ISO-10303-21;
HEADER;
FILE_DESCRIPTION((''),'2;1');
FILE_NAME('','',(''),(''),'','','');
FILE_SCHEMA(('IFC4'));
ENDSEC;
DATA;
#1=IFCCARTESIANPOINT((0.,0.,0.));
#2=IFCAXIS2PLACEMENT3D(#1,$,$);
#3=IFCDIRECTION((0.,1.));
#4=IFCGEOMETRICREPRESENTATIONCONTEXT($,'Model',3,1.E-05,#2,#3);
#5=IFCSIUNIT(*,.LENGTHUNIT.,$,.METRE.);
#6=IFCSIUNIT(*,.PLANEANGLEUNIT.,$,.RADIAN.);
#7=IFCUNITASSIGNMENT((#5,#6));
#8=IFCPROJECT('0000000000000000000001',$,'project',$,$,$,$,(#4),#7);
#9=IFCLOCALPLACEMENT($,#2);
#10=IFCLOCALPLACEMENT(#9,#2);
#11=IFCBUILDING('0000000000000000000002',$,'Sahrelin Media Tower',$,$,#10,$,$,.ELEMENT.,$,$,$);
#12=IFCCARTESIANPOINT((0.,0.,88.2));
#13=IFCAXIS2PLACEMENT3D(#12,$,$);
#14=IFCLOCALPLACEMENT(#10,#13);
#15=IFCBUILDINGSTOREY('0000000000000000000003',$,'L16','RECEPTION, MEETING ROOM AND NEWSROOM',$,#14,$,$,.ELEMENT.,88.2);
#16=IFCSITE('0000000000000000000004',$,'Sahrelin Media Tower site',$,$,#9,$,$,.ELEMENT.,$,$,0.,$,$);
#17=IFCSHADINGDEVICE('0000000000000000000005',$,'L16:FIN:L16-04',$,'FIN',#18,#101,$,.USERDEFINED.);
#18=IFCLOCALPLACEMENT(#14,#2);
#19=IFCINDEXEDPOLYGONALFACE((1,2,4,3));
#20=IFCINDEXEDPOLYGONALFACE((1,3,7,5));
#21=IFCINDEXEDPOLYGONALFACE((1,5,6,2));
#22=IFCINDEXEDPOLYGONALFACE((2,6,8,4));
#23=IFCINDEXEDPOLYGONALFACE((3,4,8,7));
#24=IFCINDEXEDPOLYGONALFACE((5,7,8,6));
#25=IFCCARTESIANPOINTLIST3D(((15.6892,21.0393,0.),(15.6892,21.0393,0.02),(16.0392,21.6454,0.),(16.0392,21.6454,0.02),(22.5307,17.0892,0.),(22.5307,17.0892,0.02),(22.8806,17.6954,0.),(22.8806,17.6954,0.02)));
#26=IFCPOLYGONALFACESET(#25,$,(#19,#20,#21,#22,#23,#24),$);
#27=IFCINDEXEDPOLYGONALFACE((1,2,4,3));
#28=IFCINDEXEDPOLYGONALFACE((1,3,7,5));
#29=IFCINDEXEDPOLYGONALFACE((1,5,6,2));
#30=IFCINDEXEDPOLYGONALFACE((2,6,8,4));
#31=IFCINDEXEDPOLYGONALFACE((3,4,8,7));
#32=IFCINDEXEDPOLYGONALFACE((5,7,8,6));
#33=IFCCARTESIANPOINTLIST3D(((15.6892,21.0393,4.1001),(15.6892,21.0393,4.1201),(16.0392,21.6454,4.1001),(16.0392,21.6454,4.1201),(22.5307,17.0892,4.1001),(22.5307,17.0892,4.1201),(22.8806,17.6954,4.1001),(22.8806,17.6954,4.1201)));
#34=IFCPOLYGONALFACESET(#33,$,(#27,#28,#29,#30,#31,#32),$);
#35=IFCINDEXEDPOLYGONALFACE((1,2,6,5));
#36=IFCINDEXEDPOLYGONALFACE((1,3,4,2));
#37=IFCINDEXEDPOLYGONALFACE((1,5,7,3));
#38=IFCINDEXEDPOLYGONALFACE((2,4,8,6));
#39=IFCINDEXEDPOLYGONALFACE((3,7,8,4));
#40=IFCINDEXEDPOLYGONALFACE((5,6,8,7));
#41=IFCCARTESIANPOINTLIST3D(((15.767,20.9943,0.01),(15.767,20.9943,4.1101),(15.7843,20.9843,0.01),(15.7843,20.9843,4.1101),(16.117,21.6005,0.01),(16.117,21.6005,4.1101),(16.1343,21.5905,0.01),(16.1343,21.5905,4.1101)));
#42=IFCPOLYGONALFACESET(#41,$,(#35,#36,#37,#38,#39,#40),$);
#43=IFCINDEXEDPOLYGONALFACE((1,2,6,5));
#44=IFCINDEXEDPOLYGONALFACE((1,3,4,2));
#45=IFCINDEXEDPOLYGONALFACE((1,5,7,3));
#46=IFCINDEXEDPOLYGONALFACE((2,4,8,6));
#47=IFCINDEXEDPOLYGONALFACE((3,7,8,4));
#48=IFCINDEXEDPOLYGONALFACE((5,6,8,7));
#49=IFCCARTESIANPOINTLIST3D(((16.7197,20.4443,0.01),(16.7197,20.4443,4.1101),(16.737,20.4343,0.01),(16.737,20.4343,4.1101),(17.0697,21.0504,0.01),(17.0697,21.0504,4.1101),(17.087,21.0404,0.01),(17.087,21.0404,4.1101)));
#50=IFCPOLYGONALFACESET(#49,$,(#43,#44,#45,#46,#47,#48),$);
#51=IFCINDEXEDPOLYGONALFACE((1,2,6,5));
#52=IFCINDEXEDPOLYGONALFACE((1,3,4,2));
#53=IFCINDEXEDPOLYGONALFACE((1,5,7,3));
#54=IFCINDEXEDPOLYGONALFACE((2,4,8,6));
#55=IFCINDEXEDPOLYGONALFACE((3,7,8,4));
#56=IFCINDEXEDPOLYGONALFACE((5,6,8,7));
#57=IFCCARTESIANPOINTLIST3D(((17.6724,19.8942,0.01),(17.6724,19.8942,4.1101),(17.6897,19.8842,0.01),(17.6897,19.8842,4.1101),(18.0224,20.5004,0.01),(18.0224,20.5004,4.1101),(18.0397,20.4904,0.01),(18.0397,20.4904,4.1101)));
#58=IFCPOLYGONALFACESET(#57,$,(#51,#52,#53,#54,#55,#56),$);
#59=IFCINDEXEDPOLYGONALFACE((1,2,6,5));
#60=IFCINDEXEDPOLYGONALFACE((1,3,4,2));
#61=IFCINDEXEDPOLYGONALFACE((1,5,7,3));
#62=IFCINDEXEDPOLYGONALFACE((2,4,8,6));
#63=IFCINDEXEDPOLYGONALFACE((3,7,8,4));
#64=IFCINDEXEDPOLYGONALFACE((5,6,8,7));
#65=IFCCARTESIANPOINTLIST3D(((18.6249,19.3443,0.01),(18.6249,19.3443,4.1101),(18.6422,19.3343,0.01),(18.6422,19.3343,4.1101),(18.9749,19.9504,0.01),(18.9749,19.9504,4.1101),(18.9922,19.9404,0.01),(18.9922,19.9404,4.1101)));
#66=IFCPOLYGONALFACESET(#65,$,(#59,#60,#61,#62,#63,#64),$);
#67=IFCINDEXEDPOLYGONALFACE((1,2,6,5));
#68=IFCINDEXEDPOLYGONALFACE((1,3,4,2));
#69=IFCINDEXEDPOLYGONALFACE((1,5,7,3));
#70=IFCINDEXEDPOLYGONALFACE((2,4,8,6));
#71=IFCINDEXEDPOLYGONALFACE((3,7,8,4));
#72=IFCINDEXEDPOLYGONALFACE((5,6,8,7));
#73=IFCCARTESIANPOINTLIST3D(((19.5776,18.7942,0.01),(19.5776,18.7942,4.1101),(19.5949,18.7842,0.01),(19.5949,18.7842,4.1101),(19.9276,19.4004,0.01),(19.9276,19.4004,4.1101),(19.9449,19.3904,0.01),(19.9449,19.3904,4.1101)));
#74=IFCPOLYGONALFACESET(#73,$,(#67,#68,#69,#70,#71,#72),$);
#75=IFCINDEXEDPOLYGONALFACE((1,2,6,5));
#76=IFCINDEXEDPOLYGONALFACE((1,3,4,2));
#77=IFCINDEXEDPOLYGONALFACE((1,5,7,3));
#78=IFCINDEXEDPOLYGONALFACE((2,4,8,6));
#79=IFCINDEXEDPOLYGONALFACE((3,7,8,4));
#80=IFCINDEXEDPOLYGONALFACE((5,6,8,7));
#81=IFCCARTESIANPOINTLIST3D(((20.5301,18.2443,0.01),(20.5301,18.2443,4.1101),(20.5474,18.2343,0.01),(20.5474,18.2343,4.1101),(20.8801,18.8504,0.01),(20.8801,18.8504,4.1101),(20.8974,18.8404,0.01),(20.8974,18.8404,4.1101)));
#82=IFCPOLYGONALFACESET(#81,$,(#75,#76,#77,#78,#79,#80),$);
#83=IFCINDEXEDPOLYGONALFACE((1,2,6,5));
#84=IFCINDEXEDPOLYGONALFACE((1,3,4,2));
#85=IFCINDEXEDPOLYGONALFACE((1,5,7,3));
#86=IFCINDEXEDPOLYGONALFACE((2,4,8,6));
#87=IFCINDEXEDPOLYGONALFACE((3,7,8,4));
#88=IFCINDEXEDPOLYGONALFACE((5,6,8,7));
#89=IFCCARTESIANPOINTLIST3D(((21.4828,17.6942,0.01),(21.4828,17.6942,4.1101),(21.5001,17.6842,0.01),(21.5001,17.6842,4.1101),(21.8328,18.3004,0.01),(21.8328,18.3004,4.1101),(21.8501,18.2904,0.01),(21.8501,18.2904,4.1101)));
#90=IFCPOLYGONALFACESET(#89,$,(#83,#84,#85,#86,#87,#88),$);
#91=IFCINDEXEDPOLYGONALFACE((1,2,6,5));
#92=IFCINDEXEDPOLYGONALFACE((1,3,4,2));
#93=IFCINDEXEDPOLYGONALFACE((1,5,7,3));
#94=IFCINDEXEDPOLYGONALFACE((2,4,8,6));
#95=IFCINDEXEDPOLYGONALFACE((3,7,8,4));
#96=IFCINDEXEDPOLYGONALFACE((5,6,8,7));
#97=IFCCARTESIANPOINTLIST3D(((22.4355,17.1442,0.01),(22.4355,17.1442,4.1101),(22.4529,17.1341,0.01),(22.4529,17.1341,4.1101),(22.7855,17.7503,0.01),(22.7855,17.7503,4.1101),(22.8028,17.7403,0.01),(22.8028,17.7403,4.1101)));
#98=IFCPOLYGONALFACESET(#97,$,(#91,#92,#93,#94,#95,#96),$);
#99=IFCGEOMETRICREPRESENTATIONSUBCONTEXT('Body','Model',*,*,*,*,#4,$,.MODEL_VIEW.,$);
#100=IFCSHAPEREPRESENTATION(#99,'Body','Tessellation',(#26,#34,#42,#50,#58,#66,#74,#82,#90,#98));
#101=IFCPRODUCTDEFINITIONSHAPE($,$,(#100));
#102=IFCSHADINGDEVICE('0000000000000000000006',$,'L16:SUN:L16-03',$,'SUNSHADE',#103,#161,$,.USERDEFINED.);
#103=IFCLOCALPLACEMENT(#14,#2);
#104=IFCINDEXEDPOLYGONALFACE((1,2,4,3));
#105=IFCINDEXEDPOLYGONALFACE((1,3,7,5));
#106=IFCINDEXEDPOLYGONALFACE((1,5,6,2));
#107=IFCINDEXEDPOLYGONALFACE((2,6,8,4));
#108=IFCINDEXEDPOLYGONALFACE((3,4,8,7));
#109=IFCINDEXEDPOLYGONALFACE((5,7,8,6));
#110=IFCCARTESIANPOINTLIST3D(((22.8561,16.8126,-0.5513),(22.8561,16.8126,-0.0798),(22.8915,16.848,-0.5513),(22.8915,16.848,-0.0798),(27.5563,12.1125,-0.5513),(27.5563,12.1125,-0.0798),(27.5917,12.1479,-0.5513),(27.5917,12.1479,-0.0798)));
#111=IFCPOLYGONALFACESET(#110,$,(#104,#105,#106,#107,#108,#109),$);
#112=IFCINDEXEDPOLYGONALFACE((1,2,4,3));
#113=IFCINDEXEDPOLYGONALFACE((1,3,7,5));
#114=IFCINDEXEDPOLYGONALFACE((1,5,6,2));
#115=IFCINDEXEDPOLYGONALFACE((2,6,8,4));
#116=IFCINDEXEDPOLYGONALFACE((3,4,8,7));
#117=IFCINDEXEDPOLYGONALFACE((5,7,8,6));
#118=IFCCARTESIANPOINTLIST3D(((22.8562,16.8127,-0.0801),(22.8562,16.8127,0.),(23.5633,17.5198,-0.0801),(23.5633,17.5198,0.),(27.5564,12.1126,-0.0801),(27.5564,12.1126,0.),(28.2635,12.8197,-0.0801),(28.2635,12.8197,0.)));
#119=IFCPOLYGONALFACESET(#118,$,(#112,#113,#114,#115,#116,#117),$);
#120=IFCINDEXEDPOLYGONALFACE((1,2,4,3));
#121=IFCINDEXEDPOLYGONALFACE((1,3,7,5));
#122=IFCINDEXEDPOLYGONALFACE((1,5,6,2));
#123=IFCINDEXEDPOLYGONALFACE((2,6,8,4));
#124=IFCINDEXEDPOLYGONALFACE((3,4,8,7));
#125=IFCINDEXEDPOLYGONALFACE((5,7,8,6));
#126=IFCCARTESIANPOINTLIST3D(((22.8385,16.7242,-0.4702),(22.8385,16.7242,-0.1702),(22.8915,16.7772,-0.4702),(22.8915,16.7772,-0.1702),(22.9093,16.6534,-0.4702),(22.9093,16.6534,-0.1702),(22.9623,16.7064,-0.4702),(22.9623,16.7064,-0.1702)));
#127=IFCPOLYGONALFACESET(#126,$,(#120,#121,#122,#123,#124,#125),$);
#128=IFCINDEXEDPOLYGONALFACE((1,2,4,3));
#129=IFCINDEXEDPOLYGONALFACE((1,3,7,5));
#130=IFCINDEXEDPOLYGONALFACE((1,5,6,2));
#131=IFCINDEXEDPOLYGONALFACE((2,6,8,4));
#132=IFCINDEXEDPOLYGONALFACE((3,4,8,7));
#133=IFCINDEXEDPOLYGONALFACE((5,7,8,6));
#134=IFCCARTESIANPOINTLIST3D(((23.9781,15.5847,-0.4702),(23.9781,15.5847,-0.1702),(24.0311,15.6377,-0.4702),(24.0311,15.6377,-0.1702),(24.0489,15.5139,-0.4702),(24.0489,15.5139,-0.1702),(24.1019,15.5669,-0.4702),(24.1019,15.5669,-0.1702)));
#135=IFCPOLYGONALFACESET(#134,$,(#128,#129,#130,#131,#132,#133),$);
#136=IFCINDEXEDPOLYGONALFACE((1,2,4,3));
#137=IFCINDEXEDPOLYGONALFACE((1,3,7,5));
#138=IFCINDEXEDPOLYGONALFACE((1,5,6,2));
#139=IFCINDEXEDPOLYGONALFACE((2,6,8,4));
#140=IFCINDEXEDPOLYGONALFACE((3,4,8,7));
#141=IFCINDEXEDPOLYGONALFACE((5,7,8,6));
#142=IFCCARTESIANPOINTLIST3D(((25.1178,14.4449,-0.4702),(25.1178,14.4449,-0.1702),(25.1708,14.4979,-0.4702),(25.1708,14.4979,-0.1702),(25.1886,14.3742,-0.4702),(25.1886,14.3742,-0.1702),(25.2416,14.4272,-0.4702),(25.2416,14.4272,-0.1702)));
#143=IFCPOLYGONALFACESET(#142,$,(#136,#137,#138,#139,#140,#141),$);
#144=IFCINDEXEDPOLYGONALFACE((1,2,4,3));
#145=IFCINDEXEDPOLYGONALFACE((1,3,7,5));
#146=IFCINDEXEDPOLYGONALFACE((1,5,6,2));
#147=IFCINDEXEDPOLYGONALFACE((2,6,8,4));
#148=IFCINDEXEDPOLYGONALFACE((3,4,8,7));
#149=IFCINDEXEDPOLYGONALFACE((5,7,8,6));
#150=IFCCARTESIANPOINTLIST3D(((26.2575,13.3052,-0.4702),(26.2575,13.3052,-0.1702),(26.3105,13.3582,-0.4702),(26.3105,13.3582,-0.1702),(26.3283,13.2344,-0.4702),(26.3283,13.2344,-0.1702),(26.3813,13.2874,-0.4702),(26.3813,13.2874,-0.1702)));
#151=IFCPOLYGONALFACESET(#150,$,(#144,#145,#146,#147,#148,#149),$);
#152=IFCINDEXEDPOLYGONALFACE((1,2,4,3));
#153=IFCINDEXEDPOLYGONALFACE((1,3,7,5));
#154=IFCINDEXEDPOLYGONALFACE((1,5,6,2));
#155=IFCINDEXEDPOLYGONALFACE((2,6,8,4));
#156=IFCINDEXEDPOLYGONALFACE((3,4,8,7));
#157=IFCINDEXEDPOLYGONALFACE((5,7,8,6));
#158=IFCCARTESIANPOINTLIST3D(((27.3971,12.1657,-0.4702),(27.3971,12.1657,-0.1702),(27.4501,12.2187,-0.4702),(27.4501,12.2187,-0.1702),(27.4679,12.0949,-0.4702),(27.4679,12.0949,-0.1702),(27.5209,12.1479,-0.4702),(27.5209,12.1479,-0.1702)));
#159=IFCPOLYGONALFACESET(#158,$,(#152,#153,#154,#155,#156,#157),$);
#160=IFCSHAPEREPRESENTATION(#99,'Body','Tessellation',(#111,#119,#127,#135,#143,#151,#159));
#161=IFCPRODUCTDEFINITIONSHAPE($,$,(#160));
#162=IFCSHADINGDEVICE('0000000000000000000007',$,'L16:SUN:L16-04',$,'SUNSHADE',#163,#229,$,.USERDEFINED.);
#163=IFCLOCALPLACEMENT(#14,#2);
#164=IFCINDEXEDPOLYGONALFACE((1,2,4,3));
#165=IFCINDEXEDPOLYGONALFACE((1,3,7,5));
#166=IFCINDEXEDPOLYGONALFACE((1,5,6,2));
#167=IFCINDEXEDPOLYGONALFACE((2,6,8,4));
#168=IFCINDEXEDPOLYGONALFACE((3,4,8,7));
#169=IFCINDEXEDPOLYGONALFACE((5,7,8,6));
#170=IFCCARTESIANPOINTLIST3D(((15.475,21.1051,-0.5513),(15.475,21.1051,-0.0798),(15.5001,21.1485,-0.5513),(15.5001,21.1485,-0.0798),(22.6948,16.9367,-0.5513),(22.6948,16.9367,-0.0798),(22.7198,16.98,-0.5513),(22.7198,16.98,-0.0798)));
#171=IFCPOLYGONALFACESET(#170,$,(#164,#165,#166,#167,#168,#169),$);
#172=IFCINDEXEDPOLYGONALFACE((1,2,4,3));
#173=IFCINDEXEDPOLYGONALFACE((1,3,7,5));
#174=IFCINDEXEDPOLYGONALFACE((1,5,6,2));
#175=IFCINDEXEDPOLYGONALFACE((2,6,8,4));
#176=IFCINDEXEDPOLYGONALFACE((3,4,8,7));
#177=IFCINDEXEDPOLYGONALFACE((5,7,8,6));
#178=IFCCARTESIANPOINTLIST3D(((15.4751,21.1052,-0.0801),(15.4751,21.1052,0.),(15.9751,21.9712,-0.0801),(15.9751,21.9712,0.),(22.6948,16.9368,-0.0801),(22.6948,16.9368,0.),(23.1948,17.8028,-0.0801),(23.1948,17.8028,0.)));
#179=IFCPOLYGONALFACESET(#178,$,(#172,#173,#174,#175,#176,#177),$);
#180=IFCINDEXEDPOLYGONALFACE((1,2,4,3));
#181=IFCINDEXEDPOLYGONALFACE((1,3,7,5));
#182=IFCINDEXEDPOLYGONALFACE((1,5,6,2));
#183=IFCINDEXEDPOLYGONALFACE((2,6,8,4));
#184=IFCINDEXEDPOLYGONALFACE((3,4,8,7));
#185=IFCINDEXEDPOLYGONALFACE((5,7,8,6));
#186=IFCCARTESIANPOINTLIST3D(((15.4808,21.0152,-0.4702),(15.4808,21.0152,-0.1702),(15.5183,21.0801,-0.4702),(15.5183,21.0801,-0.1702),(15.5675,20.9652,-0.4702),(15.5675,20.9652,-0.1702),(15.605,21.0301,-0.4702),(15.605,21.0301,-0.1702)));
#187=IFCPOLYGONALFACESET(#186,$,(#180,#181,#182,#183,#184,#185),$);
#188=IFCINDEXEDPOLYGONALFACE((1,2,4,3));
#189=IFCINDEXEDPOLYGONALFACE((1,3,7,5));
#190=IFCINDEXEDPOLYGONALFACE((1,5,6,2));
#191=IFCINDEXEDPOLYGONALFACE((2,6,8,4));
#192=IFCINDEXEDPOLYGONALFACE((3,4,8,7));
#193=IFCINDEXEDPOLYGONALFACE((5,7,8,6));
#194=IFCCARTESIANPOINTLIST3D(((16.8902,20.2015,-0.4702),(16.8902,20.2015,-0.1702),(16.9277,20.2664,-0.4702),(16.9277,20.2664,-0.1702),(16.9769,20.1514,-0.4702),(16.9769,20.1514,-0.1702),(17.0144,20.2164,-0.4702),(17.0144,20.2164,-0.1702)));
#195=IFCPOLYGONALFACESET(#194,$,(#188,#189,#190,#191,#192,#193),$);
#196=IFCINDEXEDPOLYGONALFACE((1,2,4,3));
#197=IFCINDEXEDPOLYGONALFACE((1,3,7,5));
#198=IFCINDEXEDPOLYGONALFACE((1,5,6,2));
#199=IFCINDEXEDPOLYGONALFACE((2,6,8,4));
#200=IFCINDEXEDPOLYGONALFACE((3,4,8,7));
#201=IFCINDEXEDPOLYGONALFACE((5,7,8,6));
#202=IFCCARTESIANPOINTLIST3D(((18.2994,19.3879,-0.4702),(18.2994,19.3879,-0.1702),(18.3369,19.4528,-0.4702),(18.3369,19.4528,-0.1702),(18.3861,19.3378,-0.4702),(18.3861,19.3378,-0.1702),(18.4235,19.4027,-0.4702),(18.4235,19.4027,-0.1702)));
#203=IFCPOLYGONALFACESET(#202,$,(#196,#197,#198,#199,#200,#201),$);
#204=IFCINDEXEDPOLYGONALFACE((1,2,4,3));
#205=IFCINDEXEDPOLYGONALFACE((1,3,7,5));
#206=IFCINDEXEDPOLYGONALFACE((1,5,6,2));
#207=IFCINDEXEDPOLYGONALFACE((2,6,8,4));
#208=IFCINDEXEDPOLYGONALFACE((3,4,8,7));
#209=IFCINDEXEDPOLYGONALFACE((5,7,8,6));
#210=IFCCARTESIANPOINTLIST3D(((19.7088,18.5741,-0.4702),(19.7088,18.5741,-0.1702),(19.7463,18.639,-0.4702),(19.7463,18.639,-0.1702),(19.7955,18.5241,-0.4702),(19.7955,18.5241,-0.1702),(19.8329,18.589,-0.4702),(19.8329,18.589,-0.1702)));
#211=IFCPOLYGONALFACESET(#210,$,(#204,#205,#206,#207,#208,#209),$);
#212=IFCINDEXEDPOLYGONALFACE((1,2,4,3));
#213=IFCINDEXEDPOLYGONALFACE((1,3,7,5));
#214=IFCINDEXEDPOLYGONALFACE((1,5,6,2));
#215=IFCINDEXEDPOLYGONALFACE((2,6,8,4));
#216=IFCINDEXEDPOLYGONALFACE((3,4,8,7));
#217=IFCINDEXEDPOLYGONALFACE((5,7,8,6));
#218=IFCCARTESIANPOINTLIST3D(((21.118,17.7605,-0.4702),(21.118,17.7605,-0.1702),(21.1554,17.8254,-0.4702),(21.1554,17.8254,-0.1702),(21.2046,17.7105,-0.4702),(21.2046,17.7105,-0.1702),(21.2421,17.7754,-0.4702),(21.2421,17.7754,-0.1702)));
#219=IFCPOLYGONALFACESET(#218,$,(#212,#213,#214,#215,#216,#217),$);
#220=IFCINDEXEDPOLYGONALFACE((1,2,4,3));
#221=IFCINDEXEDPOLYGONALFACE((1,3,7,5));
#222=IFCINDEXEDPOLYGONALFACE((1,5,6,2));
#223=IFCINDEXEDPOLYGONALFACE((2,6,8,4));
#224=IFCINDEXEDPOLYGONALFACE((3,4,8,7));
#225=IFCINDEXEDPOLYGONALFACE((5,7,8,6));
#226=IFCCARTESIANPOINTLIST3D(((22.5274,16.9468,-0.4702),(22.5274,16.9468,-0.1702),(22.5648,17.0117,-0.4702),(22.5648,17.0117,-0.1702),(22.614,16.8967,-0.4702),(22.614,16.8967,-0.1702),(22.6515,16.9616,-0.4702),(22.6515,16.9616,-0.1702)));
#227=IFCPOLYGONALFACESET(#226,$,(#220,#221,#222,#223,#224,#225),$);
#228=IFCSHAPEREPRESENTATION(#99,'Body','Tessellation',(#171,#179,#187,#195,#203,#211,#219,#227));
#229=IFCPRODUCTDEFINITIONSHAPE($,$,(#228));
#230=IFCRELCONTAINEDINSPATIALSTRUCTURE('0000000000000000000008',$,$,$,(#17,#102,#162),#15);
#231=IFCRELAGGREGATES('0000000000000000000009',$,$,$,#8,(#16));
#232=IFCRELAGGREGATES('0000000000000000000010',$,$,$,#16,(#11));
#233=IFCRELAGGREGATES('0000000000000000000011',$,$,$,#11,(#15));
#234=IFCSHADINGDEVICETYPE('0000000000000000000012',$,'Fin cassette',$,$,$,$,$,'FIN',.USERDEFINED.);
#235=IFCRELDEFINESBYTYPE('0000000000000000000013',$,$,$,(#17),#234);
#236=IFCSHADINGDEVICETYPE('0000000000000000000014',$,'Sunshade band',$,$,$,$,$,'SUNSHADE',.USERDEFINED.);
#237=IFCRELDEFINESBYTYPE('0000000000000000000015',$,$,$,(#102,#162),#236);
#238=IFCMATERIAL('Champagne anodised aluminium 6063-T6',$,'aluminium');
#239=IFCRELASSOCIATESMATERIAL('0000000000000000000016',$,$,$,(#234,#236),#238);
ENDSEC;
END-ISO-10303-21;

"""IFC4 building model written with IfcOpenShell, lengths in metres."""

from ifc_helpers import new_model, si_unit, direction, frame, origin, origin_2d, place, context, subcontext, project, spatial, rectangle, extrude, material, type_object, element, save


model = new_model("IFC4")

# Units and contexts
model_context = context("Model", 3, precision=1e-05, world=origin(), true_north=direction((0.0, 1.0)))
body_context = subcontext(model_context, "Body", "Model", "MODEL_VIEW")
ifc_project = project(units=[si_unit("LENGTHUNIT", "METRE"), si_unit("PLANEANGLEUNIT", "RADIAN")], contexts=[model_context])

# Site, building, storey
site_placement = place(None, origin())
site = spatial("IfcSite", under=ifc_project, at=site_placement, Name="Sahrelin Media Tower site", CompositionType="ELEMENT", RefElevation=0.0)
building_placement = place(site_placement, origin())
building = spatial("IfcBuilding", under=site, at=building_placement, Name="Sahrelin Media Tower", CompositionType="ELEMENT")
storey_placement = place(building_placement, frame((0.0, 0.0, 88.2)))
storey = spatial("IfcBuildingStorey", under=building, at=storey_placement, Name="L16", Description="RECEPTION, MEETING ROOM AND NEWSROOM", CompositionType="ELEMENT", Elevation=88.2)

# Shared definitions
ifc_material_1 = material(Name="Champagne anodised aluminium 6063-T6", Category="aluminium")

# Shading devices
shading_device_type_1 = type_object("IfcShadingDeviceType", Name="Fin cassette", ElementType="FIN", PredefinedType="USERDEFINED", material=ifc_material_1)
placement_1 = place(storey_placement, frame((25.1921, 14.4485, 0.0), z_axis=(0.0, 0.0, 1.0), x_axis=(0.707107, -0.707107, 0.0)))
placement_2 = place(storey_placement, frame((19.075, 19.0037, 0.0), z_axis=(0.0, 0.0, 1.0), x_axis=(0.866019, -0.500011, 0.0)))
element("IfcShadingDevice", 1, at=placement_2, inside=storey, type_object=shading_device_type_1, Name="L16:FIN:L16-04", ObjectType="FIN", PredefinedType="USERDEFINED", context=body_context, shape_type="SweptSolid", body=[
    extrude(rectangle(XDim=7.8999, YDim=0.7, at=origin_2d()), frame((0.0, 0.4199, 0.0)), (0.0, 0.0, 1.0), 0.02),
    extrude(rectangle(XDim=7.8999, YDim=0.7, at=origin_2d()), frame((0.0, 0.4199, 4.1001)), (0.0, 0.0, 1.0), 0.02),
    extrude(rectangle(XDim=0.02, YDim=0.7, at=origin_2d()), frame((-3.8501, 0.4199, 0.01), z_axis=(0.0, 0.0, 1.0), x_axis=(1.0, 0.0, 0.0)), (0.0, 0.0, 1.0), 4.1001),
    extrude(rectangle(XDim=0.02, YDim=0.7, at=origin_2d()), frame((-2.75, 0.4199, 0.01), z_axis=(0.0, 0.0, 1.0), x_axis=(1.0, 0.0, 0.0)), (0.0, 0.0, 1.0), 4.1001),
    extrude(rectangle(XDim=0.02, YDim=0.7, at=origin_2d()), frame((-1.6499, 0.4199, 0.01), z_axis=(0.0, 0.0, 1.0), x_axis=(1.0, 0.0, 0.0)), (0.0, 0.0, 1.0), 4.1001),
    extrude(rectangle(XDim=0.02, YDim=0.7, at=origin_2d()), frame((-0.55, 0.4199, 0.01), z_axis=(0.0, 0.0, 1.0), x_axis=(1.0, 0.0, 0.0)), (0.0, 0.0, 1.0), 4.1001),
    extrude(rectangle(XDim=0.02, YDim=0.7, at=origin_2d()), frame((0.55, 0.4199, 0.01), z_axis=(0.0, 0.0, 1.0), x_axis=(1.0, 0.0, 0.0)), (0.0, 0.0, 1.0), 4.1001),
    extrude(rectangle(XDim=0.02, YDim=0.7, at=origin_2d()), frame((1.6499, 0.4199, 0.01), z_axis=(0.0, 0.0, 1.0), x_axis=(1.0, 0.0, 0.0)), (0.0, 0.0, 1.0), 4.1001),
    extrude(rectangle(XDim=0.02, YDim=0.7, at=origin_2d()), frame((2.75, 0.4199, 0.01), z_axis=(0.0, 0.0, 1.0), x_axis=(1.0, 0.0, 0.0)), (0.0, 0.0, 1.0), 4.1001),
    extrude(rectangle(XDim=0.02, YDim=0.7, at=origin_2d()), frame((3.8501, 0.4199, 0.01), z_axis=(0.0, 0.0, 1.0), x_axis=(1.0, 0.0, 0.0)), (0.0, 0.0, 1.0), 4.1001),
])
shading_device_type_2 = type_object("IfcShadingDeviceType", Name="Sunshade band", ElementType="SUNSHADE", PredefinedType="USERDEFINED", material=ifc_material_1)
element("IfcShadingDevice", 2, at=placement_1, inside=storey, type_object=shading_device_type_2, Name="L16:SUN:L16-03", ObjectType="SUNSHADE", PredefinedType="USERDEFINED", context=body_context, shape_type="SweptSolid", body=[
    extrude(rectangle(XDim=6.647, YDim=0.05, at=origin_2d()), frame((0.0, 0.0449, -0.5513)), (0.0, 0.0, 1.0), 0.4714),
    extrude(rectangle(XDim=6.647, YDim=1.0, at=origin_2d()), frame((0.0, 0.52, -0.0801)), (0.0, 0.0, 1.0), 0.0801),
    extrude(rectangle(XDim=0.1001, YDim=0.075, at=origin_2d()), frame((-3.2234, -0.0176, -0.4702)), (0.0, 0.0, 1.0), 0.3),
    extrude(rectangle(XDim=0.1001, YDim=0.075, at=origin_2d()), frame((-1.6118, -0.0176, -0.4702)), (0.0, 0.0, 1.0), 0.3),
    extrude(rectangle(XDim=0.1001, YDim=0.075, at=origin_2d()), frame((0.0, -0.0176, -0.4702)), (0.0, 0.0, 1.0), 0.3),
    extrude(rectangle(XDim=0.1001, YDim=0.075, at=origin_2d()), frame((1.6118, -0.0176, -0.4702)), (0.0, 0.0, 1.0), 0.3),
    extrude(rectangle(XDim=0.1001, YDim=0.075, at=origin_2d()), frame((3.2234, -0.0176, -0.4702)), (0.0, 0.0, 1.0), 0.3),
])
element("IfcShadingDevice", 3, at=placement_2, inside=storey, type_object=shading_device_type_2, Name="L16:SUN:L16-04", ObjectType="SUNSHADE", PredefinedType="USERDEFINED", context=body_context, shape_type="SweptSolid", body=[
    extrude(rectangle(XDim=8.3367, YDim=0.05, at=origin_2d()), frame((0.0, 0.0449, -0.5513)), (0.0, 0.0, 1.0), 0.4714),
    extrude(rectangle(XDim=8.3367, YDim=1.0, at=origin_2d()), frame((0.0, 0.52, -0.0801)), (0.0, 0.0, 1.0), 0.0801),
    extrude(rectangle(XDim=0.1001, YDim=0.075, at=origin_2d()), frame((-4.0684, -0.0176, -0.4702)), (0.0, 0.0, 1.0), 0.3),
    extrude(rectangle(XDim=0.1001, YDim=0.075, at=origin_2d()), frame((-2.4409, -0.0176, -0.4702)), (0.0, 0.0, 1.0), 0.3),
    extrude(rectangle(XDim=0.1001, YDim=0.075, at=origin_2d()), frame((-0.8137, -0.0176, -0.4702)), (0.0, 0.0, 1.0), 0.3),
    extrude(rectangle(XDim=0.1001, YDim=0.075, at=origin_2d()), frame((0.8137, -0.0176, -0.4702)), (0.0, 0.0, 1.0), 0.3),
    extrude(rectangle(XDim=0.1001, YDim=0.075, at=origin_2d()), frame((2.4409, -0.0176, -0.4702)), (0.0, 0.0, 1.0), 0.3),
    extrude(rectangle(XDim=0.1001, YDim=0.075, at=origin_2d()), frame((4.0684, -0.0176, -0.4702)), (0.0, 0.0, 1.0), 0.3),
])

save(model, "model.ifc")
